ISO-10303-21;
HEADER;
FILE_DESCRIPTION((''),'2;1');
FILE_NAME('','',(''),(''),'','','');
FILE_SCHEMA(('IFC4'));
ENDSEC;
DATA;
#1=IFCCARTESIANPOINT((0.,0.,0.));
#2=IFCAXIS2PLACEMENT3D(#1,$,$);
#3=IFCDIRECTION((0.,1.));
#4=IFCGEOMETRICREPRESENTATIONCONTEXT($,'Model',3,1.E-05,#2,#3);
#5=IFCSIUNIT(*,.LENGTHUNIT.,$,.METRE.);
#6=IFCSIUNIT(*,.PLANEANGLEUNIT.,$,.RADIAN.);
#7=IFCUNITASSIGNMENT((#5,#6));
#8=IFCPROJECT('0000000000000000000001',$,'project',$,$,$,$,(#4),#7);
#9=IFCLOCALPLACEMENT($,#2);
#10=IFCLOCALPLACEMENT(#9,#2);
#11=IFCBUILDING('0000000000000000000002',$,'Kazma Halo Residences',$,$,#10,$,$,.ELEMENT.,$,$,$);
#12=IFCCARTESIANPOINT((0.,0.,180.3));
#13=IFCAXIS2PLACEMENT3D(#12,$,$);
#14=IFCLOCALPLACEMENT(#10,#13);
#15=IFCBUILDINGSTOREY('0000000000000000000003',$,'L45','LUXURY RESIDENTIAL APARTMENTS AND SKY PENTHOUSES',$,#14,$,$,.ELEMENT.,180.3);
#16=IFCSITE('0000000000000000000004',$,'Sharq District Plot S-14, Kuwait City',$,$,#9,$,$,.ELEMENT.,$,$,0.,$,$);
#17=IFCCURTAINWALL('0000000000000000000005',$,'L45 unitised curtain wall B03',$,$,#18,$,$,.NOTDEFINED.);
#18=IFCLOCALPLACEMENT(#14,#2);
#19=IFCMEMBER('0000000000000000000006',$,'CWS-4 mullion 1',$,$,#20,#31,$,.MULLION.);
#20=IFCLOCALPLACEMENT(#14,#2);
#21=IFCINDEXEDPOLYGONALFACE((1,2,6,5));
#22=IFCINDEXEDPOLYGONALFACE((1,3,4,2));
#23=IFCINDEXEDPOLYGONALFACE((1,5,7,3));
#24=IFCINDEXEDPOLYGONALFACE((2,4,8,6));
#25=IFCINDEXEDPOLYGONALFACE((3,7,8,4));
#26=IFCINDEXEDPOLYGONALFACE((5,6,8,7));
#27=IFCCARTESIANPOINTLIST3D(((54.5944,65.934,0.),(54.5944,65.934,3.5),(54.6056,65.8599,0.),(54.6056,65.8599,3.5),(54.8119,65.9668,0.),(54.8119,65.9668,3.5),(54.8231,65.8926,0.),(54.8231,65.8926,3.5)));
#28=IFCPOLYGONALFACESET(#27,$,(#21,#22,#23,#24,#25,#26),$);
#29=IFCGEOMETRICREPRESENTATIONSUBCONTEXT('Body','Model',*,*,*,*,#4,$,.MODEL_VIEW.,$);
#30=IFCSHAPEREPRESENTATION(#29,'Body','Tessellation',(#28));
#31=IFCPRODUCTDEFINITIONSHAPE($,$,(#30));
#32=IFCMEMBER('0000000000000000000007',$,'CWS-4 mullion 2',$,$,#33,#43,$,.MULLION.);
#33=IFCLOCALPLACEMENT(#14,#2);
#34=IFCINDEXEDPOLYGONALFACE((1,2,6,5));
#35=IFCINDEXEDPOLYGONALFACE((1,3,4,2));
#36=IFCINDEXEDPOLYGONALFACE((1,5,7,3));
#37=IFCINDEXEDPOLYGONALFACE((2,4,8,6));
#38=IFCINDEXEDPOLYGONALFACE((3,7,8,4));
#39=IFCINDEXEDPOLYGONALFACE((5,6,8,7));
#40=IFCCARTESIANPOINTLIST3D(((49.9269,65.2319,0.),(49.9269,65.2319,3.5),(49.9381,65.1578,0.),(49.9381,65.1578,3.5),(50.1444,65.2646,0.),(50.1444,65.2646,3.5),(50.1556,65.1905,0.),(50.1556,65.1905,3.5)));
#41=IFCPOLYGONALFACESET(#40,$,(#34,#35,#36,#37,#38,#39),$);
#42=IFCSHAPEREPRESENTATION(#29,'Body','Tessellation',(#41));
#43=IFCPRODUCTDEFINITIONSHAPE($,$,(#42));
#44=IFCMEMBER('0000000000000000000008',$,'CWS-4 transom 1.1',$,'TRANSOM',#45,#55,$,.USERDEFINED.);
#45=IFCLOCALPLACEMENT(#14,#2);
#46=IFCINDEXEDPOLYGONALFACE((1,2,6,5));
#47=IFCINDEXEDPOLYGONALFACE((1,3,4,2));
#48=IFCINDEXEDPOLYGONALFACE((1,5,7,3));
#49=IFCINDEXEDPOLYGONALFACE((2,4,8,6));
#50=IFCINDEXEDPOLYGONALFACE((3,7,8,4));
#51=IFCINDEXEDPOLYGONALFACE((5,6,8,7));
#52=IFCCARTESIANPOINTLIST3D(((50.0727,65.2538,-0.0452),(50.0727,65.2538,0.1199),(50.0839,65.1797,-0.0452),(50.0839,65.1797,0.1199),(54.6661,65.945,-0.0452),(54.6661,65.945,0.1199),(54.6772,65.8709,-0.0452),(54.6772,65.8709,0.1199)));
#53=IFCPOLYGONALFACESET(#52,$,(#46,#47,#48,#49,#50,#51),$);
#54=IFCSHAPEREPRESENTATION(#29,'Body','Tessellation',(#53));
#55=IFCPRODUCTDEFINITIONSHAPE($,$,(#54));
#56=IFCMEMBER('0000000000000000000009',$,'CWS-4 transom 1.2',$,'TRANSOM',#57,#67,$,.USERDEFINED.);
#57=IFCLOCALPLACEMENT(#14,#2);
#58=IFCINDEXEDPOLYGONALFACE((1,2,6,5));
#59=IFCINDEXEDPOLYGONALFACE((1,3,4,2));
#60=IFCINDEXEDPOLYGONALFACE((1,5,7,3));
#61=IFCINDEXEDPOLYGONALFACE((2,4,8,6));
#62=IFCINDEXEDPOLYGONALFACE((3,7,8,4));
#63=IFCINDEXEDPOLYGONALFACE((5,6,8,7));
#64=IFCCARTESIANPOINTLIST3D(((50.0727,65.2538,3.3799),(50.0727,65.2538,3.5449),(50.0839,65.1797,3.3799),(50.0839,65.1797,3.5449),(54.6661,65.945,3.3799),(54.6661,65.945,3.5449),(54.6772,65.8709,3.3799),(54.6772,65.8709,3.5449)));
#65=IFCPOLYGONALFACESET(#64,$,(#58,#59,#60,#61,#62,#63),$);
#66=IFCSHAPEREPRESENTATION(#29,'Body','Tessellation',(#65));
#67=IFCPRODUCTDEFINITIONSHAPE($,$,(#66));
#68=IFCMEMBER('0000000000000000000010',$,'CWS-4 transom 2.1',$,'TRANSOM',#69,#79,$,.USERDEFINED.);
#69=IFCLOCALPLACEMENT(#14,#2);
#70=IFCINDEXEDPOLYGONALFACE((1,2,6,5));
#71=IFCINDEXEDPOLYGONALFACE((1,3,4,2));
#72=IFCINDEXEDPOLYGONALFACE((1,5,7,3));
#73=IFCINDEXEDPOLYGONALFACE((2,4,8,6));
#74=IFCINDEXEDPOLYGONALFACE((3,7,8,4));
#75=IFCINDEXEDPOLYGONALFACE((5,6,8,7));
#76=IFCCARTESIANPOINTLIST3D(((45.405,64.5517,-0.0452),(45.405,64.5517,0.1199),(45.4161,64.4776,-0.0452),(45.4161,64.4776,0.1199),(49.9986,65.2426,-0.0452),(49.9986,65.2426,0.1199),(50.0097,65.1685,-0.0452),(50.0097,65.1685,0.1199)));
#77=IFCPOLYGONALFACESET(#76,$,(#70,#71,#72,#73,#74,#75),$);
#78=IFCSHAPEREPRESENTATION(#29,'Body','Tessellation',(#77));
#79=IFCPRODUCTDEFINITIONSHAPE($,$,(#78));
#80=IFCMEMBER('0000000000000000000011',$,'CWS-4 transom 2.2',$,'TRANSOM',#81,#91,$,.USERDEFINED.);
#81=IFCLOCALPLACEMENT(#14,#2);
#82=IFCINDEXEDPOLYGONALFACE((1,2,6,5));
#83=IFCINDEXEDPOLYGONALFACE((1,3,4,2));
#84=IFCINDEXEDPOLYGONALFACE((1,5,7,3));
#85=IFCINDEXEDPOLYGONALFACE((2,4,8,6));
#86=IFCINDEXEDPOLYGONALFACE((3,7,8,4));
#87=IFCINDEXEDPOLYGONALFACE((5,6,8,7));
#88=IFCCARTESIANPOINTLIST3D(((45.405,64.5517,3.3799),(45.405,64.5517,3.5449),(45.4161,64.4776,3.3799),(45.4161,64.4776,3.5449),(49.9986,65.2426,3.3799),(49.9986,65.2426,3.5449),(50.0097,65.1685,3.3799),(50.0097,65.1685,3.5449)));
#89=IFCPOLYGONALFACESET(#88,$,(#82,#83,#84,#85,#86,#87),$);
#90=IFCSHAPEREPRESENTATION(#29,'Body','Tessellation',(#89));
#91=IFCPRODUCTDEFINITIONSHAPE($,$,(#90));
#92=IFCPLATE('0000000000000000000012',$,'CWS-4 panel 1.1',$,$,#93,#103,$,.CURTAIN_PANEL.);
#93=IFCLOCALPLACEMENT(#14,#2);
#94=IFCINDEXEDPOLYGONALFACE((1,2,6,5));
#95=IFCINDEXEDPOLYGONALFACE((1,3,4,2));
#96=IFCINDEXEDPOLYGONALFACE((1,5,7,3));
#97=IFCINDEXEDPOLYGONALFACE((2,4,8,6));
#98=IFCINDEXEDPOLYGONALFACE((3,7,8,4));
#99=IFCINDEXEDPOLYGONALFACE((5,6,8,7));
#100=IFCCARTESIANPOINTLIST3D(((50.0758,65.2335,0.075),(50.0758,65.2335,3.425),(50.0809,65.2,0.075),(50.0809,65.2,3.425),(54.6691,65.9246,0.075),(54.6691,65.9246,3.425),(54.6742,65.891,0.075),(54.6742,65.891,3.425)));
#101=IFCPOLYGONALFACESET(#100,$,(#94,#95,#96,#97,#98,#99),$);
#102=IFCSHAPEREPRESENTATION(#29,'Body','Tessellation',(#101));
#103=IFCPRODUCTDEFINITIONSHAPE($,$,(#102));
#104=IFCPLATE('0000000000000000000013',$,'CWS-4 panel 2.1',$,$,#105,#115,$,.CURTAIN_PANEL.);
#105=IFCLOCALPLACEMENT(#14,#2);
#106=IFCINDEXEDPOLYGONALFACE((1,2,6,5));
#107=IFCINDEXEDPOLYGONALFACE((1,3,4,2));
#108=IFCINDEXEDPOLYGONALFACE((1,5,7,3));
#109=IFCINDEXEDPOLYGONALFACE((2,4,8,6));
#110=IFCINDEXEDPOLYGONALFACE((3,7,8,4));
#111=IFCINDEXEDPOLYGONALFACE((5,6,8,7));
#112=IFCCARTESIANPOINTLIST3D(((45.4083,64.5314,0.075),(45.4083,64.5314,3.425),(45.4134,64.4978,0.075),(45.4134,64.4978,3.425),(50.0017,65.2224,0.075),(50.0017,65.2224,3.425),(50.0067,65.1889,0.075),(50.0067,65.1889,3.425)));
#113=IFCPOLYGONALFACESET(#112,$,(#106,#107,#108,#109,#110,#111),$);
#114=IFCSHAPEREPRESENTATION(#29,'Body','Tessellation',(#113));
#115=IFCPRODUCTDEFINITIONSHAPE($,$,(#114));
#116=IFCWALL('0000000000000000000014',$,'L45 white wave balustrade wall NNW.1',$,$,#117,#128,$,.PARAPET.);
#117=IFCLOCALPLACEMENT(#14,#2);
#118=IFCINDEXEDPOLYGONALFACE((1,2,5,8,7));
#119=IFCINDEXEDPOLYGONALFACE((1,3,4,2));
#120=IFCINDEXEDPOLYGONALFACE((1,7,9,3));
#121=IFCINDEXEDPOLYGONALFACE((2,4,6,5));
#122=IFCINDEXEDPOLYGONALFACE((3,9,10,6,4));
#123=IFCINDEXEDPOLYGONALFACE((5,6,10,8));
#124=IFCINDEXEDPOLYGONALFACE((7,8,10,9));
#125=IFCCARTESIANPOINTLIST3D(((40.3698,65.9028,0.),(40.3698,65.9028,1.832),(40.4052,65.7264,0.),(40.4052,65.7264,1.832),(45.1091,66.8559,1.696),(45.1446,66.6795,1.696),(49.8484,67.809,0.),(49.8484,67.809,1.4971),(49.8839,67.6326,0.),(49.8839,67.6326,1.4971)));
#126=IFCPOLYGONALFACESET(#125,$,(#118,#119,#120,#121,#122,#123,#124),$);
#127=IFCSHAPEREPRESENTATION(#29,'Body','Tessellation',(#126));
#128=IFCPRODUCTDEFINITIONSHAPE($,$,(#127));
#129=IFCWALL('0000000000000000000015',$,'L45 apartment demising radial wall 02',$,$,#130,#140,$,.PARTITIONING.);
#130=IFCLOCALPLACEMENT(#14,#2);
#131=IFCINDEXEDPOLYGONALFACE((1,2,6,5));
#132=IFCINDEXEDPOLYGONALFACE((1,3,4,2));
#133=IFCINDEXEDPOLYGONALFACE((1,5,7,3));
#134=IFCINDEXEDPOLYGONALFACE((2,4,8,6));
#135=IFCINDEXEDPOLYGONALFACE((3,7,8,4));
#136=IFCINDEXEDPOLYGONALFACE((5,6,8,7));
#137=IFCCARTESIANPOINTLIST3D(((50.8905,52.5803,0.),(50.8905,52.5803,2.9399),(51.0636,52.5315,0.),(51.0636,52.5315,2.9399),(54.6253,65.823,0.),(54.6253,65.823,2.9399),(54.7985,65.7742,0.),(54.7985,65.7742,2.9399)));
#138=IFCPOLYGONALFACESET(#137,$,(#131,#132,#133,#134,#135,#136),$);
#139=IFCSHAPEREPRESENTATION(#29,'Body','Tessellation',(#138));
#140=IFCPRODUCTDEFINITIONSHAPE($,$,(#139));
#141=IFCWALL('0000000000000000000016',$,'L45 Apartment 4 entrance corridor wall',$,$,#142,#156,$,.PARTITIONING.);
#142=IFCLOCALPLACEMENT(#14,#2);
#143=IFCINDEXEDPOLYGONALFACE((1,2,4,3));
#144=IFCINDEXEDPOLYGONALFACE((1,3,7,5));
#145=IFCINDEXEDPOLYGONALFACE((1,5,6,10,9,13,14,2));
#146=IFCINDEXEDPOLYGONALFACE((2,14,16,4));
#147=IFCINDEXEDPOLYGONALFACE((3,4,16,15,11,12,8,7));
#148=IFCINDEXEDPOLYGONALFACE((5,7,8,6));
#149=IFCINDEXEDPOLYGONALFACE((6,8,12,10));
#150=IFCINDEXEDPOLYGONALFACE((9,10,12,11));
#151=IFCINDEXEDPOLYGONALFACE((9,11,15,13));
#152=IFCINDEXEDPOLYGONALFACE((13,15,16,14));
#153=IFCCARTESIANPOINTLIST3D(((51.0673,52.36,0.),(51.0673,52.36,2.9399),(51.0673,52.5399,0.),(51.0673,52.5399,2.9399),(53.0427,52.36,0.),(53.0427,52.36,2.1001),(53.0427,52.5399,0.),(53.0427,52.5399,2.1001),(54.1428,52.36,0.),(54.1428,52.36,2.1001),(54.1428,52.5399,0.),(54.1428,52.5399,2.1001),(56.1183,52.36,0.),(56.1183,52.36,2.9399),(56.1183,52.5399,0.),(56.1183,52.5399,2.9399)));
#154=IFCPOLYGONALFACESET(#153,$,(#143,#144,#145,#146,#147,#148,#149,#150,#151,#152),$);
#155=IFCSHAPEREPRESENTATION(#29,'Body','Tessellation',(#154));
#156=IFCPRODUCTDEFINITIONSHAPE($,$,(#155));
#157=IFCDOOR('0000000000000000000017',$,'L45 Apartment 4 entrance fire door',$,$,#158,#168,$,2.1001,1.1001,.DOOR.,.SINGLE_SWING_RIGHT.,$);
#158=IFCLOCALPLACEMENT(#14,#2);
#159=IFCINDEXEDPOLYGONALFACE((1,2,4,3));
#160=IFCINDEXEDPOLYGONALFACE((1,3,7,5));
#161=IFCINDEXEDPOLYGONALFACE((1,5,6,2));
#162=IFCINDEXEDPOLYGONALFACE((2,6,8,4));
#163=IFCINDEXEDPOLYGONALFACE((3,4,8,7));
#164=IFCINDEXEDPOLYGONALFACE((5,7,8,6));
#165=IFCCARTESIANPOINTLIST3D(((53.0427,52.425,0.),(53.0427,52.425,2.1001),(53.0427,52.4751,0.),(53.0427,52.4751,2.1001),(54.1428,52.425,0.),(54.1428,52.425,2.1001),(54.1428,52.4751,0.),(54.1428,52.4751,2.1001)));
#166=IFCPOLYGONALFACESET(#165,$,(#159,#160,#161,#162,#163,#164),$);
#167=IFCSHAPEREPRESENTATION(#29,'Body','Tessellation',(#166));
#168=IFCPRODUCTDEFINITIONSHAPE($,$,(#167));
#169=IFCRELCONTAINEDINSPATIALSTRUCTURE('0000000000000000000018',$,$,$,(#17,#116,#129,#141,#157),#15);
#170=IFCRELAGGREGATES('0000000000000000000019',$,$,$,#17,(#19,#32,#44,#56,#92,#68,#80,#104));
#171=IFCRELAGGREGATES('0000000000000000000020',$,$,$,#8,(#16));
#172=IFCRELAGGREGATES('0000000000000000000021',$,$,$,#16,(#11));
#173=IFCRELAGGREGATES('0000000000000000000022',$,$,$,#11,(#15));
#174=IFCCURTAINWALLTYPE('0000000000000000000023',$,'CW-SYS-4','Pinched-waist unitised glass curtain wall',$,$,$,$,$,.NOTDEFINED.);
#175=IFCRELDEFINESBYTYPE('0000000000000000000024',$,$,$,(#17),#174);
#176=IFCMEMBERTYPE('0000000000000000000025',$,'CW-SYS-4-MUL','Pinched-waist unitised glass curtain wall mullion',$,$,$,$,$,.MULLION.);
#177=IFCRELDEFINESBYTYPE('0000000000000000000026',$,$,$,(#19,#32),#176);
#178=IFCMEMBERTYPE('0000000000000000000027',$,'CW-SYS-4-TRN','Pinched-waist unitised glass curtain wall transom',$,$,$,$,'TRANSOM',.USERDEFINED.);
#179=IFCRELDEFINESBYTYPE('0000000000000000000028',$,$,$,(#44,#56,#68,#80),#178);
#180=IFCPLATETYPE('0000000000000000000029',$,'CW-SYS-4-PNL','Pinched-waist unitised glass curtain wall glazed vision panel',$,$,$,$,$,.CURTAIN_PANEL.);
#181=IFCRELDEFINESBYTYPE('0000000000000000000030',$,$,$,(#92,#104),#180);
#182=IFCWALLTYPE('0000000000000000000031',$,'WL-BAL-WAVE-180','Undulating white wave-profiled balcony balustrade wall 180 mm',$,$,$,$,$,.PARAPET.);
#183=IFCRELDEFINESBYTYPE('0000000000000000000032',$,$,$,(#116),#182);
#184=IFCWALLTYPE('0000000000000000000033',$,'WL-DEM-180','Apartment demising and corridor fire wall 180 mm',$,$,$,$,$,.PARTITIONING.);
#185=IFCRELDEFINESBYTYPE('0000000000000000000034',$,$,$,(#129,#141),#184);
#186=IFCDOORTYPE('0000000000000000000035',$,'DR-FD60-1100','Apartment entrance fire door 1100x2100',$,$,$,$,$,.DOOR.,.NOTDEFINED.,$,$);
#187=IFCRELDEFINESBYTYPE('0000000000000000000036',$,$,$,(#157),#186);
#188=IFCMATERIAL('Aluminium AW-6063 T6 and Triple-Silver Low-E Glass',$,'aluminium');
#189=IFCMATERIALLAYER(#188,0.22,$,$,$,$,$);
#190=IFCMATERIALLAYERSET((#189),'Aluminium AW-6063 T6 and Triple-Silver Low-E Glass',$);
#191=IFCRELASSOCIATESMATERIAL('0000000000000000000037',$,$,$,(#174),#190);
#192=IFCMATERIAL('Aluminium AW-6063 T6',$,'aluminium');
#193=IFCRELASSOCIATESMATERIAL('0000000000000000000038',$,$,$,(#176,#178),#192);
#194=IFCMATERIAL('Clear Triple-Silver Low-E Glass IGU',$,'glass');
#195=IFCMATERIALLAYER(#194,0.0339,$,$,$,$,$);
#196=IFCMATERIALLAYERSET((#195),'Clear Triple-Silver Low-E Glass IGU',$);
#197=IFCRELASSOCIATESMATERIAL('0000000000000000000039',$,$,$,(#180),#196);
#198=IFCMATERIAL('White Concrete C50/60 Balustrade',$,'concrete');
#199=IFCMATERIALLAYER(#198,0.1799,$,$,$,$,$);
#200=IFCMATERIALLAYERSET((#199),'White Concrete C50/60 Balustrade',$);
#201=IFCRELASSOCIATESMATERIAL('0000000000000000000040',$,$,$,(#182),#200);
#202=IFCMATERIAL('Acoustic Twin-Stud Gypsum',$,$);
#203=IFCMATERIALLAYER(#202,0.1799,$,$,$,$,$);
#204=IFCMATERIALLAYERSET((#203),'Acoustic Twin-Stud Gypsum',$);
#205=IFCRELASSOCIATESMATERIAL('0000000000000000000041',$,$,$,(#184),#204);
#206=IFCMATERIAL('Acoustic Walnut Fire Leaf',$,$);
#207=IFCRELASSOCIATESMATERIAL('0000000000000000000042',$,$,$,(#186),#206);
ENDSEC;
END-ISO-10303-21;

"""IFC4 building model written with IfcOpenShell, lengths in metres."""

from ifc_helpers import new_model, si_unit, direction, frame, frame_2d, origin, origin_2d, place, context, subcontext, project, spatial, polyline, rectangle, outline, extrude, material, layer, layer_set, material_profile, profile_set, type_object, element, fill, aggregate, save


model = new_model("IFC4")

# Units and contexts
model_context = context("Model", 3, precision=1e-05, world=origin(), true_north=direction((0.0, 1.0)))
body_context = subcontext(model_context, "Body", "Model", "MODEL_VIEW")
ifc_project = project(units=[si_unit("LENGTHUNIT", "METRE"), si_unit("PLANEANGLEUNIT", "RADIAN")], contexts=[model_context])

# Site, building, storey
site_placement = place(None, origin())
site = spatial("IfcSite", under=ifc_project, at=site_placement, Name="Sharq District Plot S-14, Kuwait City", CompositionType="ELEMENT", RefElevation=0.0)
building_placement = place(site_placement, origin())
building = spatial("IfcBuilding", under=site, at=building_placement, Name="Kazma Halo Residences", CompositionType="ELEMENT")
storey_placement = place(building_placement, frame((0.0, 0.0, 180.3)))
storey = spatial("IfcBuildingStorey", under=building, at=storey_placement, Name="L45", Description="LUXURY RESIDENTIAL APARTMENTS AND SKY PENTHOUSES", CompositionType="ELEMENT", Elevation=180.3)

# Curtain wall, members, plates
ifc_material_1 = material(Name="Aluminium AW-6063 T6 and Triple-Silver Low-E Glass", Category="aluminium")
ifc_layer_1 = layer(ifc_material_1, 0.22)
ifc_layer_set_1 = layer_set([ifc_layer_1], Name="Aluminium AW-6063 T6 and Triple-Silver Low-E Glass")
curtain_wall_type = type_object("IfcCurtainWallType", Name="CW-SYS-4", Description="Pinched-waist unitised glass curtain wall", PredefinedType="NOTDEFINED", material=ifc_layer_set_1)
curtain_wall_placement = place(storey_placement, origin())
curtain_wall = element("IfcCurtainWall", 1, at=curtain_wall_placement, inside=storey, type_object=curtain_wall_type, Name="L45 unitised curtain wall B03", PredefinedType="NOTDEFINED")
ifc_material_2 = material(Name="Aluminium AW-6063 T6", Category="aluminium")
ifc_material_profile_1 = material_profile(ifc_material_2, rectangle(XDim=0.075, YDim=0.22, at=origin_2d()), Name="CWM-75x220")
ifc_profile_set_1 = profile_set([ifc_material_profile_1], Name="Aluminium AW-6063 T6")
member_type_1 = type_object("IfcMemberType", Name="CW-SYS-4-MUL", Description="Pinched-waist unitised glass curtain wall mullion", PredefinedType="MULLION", material=ifc_profile_set_1)
member_1_placement = place(storey_placement, frame((54.7087, 65.9133, 0.0), z_axis=(0.0, 0.0, 1.0), x_axis=(0.148773, -0.988871, 0.0)))
member_1 = element("IfcMember", 2, at=member_1_placement, type_object=member_type_1, Name="CWS-4 mullion 1", PredefinedType="MULLION", context=body_context, shape_type="SweptSolid", body=[
    extrude(rectangle(XDim=0.075, YDim=0.22, at=origin_2d()), origin(), (0.0, 0.0, 1.0), 3.5),
])
member_2_placement = place(storey_placement, frame((50.0413, 65.2112, 0.0), z_axis=(0.0, 0.0, 1.0), x_axis=(0.148773, -0.988871, 0.0)))
member_2 = element("IfcMember", 3, at=member_2_placement, type_object=member_type_1, Name="CWS-4 mullion 2", PredefinedType="MULLION", context=body_context, shape_type="SweptSolid", body=[
    extrude(rectangle(XDim=0.075, YDim=0.22, at=origin_2d()), origin(), (0.0, 0.0, 1.0), 3.5),
])
ifc_material_profile_2 = material_profile(ifc_material_2, rectangle(XDim=0.075, YDim=0.165, at=origin_2d()), Name="CWT-75x165")
ifc_profile_set_2 = profile_set([ifc_material_profile_2], Name="Aluminium AW-6063 T6")
member_type_2 = type_object("IfcMemberType", Name="CW-SYS-4-TRN", Description="Pinched-waist unitised glass curtain wall transom", ElementType="TRANSOM", PredefinedType="USERDEFINED", material=ifc_profile_set_2)
member_3_placement = place(storey_placement, frame((54.6716, 65.908, 0.0374), z_axis=(-0.988868, -0.148798, 0.0), x_axis=(0.148798, -0.988868, 0.0)))
member_3 = element("IfcMember", 4, at=member_3_placement, type_object=member_type_2, Name="CWS-4 transom 1.1", ObjectType="TRANSOM", PredefinedType="USERDEFINED", context=body_context, shape_type="SweptSolid", body=[
    extrude(rectangle(XDim=0.075, YDim=0.165, at=origin_2d()), origin(), (0.0, 0.0, 1.0), 4.645),
])
member_4_placement = place(storey_placement, frame((54.6716, 65.908, 3.4624), z_axis=(-0.988868, -0.148798, 0.0), x_axis=(0.148798, -0.988868, 0.0)))
member_4 = element("IfcMember", 5, at=member_4_placement, type_object=member_type_2, Name="CWS-4 transom 1.2", ObjectType="TRANSOM", PredefinedType="USERDEFINED", context=body_context, shape_type="SweptSolid", body=[
    extrude(rectangle(XDim=0.075, YDim=0.165, at=origin_2d()), origin(), (0.0, 0.0, 1.0), 4.645),
])
member_5_placement = place(storey_placement, frame((50.0042, 65.2056, 0.0374), z_axis=(-0.988877, -0.148739, 0.0), x_axis=(0.148739, -0.988877, 0.0)))
member_5 = element("IfcMember", 6, at=member_5_placement, type_object=member_type_2, Name="CWS-4 transom 2.1", ObjectType="TRANSOM", PredefinedType="USERDEFINED", context=body_context, shape_type="SweptSolid", body=[
    extrude(rectangle(XDim=0.075, YDim=0.165, at=origin_2d()), origin(), (0.0, 0.0, 1.0), 4.6453),
])
member_6_placement = place(storey_placement, frame((50.0042, 65.2056, 3.4624), z_axis=(-0.988877, -0.148739, 0.0), x_axis=(0.148739, -0.988877, 0.0)))
member_6 = element("IfcMember", 7, at=member_6_placement, type_object=member_type_2, Name="CWS-4 transom 2.2", ObjectType="TRANSOM", PredefinedType="USERDEFINED", context=body_context, shape_type="SweptSolid", body=[
    extrude(rectangle(XDim=0.075, YDim=0.165, at=origin_2d()), origin(), (0.0, 0.0, 1.0), 4.6453),
])
ifc_material_3 = material(Name="Clear Triple-Silver Low-E Glass IGU", Category="glass")
ifc_layer_2 = layer(ifc_material_3, 0.0339)
ifc_layer_set_2 = layer_set([ifc_layer_2], Name="Clear Triple-Silver Low-E Glass IGU")
plate_type = type_object("IfcPlateType", Name="CW-SYS-4-PNL", Description="Pinched-waist unitised glass curtain wall glazed vision panel", PredefinedType="CURTAIN_PANEL", material=ifc_layer_set_2)
plate_1_placement = place(storey_placement, frame((52.375, 65.5623, 0.075), z_axis=(0.0, 0.0, 1.0), x_axis=(-0.988871, -0.148773, 0.0)))
plate_1 = element("IfcPlate", 8, at=plate_1_placement, type_object=plate_type, Name="CWS-4 panel 1.1", PredefinedType="CURTAIN_PANEL", context=body_context, shape_type="SweptSolid", body=[
    extrude(rectangle(XDim=4.645, YDim=0.0339, at=origin_2d()), origin(), (0.0, 0.0, 1.0), 3.3501),
])
plate_2_placement = place(storey_placement, frame((47.7075, 64.8601, 0.075), z_axis=(0.0, 0.0, 1.0), x_axis=(-0.988871, -0.148773, 0.0)))
plate_2 = element("IfcPlate", 9, at=plate_2_placement, type_object=plate_type, Name="CWS-4 panel 2.1", PredefinedType="CURTAIN_PANEL", context=body_context, shape_type="SweptSolid", body=[
    extrude(rectangle(XDim=4.645, YDim=0.0339, at=origin_2d()), origin(), (0.0, 0.0, 1.0), 3.3501),
])
aggregate(curtain_wall, [member_1, member_2, member_3, member_4, plate_1, member_5, member_6, plate_2])

# Walls
ifc_material_4 = material(Name="White Concrete C50/60 Balustrade", Category="concrete")
ifc_layer_3 = layer(ifc_material_4, 0.1799)
ifc_layer_set_3 = layer_set([ifc_layer_3], Name="White Concrete C50/60 Balustrade")
wall_type_1 = type_object("IfcWallType", Name="WL-BAL-WAVE-180", Description="Undulating white wave-profiled balcony balustrade wall 180 mm", PredefinedType="PARAPET", material=ifc_layer_set_3)
wall_1_placement = place(storey_placement, frame((49.8662, 67.7207, 0.0), z_axis=(0.0, 0.0, 1.0), x_axis=(-0.980371, -0.19716, 0.0)))
element("IfcWall", 10, at=wall_1_placement, inside=storey, type_object=wall_type_1, Name="L45 white wave balustrade wall NNW.1", PredefinedType="PARAPET", context=body_context, shape_type="SweptSolid", body=[
    extrude(outline(polyline([(0.0, 0.0), (9.6685, 0.0), (9.6685, 1.832), (4.8342, 1.696), (0.0, 1.4971), (0.0, 0.0)])), frame((0.0, 0.0898, 0.0), z_axis=(0.0, -1.0, 0.0), x_axis=(1.0, 0.0, 0.0)), (0.0, 0.0, 1.0), 0.1799),
])
ifc_material_5 = material(Name="Acoustic Twin-Stud Gypsum")
ifc_layer_4 = layer(ifc_material_5, 0.1799)
ifc_layer_set_4 = layer_set([ifc_layer_4], Name="Acoustic Twin-Stud Gypsum")
wall_type_2 = type_object("IfcWallType", Name="WL-DEM-180", Description="Apartment demising and corridor fire wall 180 mm", PredefinedType="PARTITIONING", material=ifc_layer_set_4)
wall_2_placement = place(storey_placement, frame((50.9771, 52.5559, 0.0), z_axis=(0.0, 0.0, 1.0), x_axis=(0.271443, 0.962454, 0.0)))
element("IfcWall", 11, at=wall_2_placement, inside=storey, type_object=wall_type_2, Name="L45 apartment demising radial wall 02", PredefinedType="PARTITIONING", context=body_context, shape_type="SweptSolid", body=[
    extrude(rectangle(XDim=13.7593, YDim=0.1799, at=frame_2d((6.8796, 0.0))), origin(), (0.0, 0.0, 1.0), 2.9399),
])

# Wall, opening, door
wall_3_placement = place(storey_placement, frame((56.1182, 52.45, 0.0), z_axis=(0.0, 0.0, 1.0), x_axis=(-1.0, 0.0, 0.0)))
wall_3 = element("IfcWall", 12, at=wall_3_placement, inside=storey, type_object=wall_type_2, Name="L45 Apartment 4 entrance corridor wall", PredefinedType="PARTITIONING", context=body_context, shape_type="SweptSolid", body=[
    extrude(rectangle(XDim=5.051, YDim=0.1799, at=frame_2d((2.5254, 0.0))), origin(), (0.0, 0.0, 1.0), 2.9399),
])
opening_1_placement = place(wall_3_placement, frame((1.9753, 0.0, 0.0)))
opening_1 = element("IfcOpeningElement", 13, at=opening_1_placement, cuts=wall_3, PredefinedType="OPENING", context=body_context, shape_type="SweptSolid", body=[
    extrude(rectangle(XDim=1.1001, YDim=2.1001, at=frame_2d((0.55, 1.05))), frame((0.0, 0.0999, 0.0), z_axis=(0.0, -1.0, 0.0), x_axis=(1.0, 0.0, 0.0)), (0.0, 0.0, 1.0), 0.2),
])
ifc_material_6 = material(Name="Acoustic Walnut Fire Leaf")
door_type_1 = type_object("IfcDoorType", Name="DR-FD60-1100", Description="Apartment entrance fire door 1100x2100", OperationType="NOTDEFINED", PredefinedType="DOOR", material=ifc_material_6)
door_1_placement = place(opening_1_placement, origin())
door_1 = element("IfcDoor", 14, at=door_1_placement, inside=storey, type_object=door_type_1, Name="L45 Apartment 4 entrance fire door", OperationType="SINGLE_SWING_RIGHT", OverallHeight=2.1001, OverallWidth=1.1001, PredefinedType="DOOR", context=body_context, shape_type="SweptSolid", body=[
    extrude(rectangle(XDim=1.1001, YDim=2.1001, at=frame_2d((0.55, 1.05))), frame((0.0, 0.0249, 0.0), z_axis=(0.0, -1.0, 0.0), x_axis=(1.0, 0.0, 0.0)), (0.0, 0.0, 1.0), 0.05),
])
fill(opening_1, door_1)

save(model, "model.ifc")
